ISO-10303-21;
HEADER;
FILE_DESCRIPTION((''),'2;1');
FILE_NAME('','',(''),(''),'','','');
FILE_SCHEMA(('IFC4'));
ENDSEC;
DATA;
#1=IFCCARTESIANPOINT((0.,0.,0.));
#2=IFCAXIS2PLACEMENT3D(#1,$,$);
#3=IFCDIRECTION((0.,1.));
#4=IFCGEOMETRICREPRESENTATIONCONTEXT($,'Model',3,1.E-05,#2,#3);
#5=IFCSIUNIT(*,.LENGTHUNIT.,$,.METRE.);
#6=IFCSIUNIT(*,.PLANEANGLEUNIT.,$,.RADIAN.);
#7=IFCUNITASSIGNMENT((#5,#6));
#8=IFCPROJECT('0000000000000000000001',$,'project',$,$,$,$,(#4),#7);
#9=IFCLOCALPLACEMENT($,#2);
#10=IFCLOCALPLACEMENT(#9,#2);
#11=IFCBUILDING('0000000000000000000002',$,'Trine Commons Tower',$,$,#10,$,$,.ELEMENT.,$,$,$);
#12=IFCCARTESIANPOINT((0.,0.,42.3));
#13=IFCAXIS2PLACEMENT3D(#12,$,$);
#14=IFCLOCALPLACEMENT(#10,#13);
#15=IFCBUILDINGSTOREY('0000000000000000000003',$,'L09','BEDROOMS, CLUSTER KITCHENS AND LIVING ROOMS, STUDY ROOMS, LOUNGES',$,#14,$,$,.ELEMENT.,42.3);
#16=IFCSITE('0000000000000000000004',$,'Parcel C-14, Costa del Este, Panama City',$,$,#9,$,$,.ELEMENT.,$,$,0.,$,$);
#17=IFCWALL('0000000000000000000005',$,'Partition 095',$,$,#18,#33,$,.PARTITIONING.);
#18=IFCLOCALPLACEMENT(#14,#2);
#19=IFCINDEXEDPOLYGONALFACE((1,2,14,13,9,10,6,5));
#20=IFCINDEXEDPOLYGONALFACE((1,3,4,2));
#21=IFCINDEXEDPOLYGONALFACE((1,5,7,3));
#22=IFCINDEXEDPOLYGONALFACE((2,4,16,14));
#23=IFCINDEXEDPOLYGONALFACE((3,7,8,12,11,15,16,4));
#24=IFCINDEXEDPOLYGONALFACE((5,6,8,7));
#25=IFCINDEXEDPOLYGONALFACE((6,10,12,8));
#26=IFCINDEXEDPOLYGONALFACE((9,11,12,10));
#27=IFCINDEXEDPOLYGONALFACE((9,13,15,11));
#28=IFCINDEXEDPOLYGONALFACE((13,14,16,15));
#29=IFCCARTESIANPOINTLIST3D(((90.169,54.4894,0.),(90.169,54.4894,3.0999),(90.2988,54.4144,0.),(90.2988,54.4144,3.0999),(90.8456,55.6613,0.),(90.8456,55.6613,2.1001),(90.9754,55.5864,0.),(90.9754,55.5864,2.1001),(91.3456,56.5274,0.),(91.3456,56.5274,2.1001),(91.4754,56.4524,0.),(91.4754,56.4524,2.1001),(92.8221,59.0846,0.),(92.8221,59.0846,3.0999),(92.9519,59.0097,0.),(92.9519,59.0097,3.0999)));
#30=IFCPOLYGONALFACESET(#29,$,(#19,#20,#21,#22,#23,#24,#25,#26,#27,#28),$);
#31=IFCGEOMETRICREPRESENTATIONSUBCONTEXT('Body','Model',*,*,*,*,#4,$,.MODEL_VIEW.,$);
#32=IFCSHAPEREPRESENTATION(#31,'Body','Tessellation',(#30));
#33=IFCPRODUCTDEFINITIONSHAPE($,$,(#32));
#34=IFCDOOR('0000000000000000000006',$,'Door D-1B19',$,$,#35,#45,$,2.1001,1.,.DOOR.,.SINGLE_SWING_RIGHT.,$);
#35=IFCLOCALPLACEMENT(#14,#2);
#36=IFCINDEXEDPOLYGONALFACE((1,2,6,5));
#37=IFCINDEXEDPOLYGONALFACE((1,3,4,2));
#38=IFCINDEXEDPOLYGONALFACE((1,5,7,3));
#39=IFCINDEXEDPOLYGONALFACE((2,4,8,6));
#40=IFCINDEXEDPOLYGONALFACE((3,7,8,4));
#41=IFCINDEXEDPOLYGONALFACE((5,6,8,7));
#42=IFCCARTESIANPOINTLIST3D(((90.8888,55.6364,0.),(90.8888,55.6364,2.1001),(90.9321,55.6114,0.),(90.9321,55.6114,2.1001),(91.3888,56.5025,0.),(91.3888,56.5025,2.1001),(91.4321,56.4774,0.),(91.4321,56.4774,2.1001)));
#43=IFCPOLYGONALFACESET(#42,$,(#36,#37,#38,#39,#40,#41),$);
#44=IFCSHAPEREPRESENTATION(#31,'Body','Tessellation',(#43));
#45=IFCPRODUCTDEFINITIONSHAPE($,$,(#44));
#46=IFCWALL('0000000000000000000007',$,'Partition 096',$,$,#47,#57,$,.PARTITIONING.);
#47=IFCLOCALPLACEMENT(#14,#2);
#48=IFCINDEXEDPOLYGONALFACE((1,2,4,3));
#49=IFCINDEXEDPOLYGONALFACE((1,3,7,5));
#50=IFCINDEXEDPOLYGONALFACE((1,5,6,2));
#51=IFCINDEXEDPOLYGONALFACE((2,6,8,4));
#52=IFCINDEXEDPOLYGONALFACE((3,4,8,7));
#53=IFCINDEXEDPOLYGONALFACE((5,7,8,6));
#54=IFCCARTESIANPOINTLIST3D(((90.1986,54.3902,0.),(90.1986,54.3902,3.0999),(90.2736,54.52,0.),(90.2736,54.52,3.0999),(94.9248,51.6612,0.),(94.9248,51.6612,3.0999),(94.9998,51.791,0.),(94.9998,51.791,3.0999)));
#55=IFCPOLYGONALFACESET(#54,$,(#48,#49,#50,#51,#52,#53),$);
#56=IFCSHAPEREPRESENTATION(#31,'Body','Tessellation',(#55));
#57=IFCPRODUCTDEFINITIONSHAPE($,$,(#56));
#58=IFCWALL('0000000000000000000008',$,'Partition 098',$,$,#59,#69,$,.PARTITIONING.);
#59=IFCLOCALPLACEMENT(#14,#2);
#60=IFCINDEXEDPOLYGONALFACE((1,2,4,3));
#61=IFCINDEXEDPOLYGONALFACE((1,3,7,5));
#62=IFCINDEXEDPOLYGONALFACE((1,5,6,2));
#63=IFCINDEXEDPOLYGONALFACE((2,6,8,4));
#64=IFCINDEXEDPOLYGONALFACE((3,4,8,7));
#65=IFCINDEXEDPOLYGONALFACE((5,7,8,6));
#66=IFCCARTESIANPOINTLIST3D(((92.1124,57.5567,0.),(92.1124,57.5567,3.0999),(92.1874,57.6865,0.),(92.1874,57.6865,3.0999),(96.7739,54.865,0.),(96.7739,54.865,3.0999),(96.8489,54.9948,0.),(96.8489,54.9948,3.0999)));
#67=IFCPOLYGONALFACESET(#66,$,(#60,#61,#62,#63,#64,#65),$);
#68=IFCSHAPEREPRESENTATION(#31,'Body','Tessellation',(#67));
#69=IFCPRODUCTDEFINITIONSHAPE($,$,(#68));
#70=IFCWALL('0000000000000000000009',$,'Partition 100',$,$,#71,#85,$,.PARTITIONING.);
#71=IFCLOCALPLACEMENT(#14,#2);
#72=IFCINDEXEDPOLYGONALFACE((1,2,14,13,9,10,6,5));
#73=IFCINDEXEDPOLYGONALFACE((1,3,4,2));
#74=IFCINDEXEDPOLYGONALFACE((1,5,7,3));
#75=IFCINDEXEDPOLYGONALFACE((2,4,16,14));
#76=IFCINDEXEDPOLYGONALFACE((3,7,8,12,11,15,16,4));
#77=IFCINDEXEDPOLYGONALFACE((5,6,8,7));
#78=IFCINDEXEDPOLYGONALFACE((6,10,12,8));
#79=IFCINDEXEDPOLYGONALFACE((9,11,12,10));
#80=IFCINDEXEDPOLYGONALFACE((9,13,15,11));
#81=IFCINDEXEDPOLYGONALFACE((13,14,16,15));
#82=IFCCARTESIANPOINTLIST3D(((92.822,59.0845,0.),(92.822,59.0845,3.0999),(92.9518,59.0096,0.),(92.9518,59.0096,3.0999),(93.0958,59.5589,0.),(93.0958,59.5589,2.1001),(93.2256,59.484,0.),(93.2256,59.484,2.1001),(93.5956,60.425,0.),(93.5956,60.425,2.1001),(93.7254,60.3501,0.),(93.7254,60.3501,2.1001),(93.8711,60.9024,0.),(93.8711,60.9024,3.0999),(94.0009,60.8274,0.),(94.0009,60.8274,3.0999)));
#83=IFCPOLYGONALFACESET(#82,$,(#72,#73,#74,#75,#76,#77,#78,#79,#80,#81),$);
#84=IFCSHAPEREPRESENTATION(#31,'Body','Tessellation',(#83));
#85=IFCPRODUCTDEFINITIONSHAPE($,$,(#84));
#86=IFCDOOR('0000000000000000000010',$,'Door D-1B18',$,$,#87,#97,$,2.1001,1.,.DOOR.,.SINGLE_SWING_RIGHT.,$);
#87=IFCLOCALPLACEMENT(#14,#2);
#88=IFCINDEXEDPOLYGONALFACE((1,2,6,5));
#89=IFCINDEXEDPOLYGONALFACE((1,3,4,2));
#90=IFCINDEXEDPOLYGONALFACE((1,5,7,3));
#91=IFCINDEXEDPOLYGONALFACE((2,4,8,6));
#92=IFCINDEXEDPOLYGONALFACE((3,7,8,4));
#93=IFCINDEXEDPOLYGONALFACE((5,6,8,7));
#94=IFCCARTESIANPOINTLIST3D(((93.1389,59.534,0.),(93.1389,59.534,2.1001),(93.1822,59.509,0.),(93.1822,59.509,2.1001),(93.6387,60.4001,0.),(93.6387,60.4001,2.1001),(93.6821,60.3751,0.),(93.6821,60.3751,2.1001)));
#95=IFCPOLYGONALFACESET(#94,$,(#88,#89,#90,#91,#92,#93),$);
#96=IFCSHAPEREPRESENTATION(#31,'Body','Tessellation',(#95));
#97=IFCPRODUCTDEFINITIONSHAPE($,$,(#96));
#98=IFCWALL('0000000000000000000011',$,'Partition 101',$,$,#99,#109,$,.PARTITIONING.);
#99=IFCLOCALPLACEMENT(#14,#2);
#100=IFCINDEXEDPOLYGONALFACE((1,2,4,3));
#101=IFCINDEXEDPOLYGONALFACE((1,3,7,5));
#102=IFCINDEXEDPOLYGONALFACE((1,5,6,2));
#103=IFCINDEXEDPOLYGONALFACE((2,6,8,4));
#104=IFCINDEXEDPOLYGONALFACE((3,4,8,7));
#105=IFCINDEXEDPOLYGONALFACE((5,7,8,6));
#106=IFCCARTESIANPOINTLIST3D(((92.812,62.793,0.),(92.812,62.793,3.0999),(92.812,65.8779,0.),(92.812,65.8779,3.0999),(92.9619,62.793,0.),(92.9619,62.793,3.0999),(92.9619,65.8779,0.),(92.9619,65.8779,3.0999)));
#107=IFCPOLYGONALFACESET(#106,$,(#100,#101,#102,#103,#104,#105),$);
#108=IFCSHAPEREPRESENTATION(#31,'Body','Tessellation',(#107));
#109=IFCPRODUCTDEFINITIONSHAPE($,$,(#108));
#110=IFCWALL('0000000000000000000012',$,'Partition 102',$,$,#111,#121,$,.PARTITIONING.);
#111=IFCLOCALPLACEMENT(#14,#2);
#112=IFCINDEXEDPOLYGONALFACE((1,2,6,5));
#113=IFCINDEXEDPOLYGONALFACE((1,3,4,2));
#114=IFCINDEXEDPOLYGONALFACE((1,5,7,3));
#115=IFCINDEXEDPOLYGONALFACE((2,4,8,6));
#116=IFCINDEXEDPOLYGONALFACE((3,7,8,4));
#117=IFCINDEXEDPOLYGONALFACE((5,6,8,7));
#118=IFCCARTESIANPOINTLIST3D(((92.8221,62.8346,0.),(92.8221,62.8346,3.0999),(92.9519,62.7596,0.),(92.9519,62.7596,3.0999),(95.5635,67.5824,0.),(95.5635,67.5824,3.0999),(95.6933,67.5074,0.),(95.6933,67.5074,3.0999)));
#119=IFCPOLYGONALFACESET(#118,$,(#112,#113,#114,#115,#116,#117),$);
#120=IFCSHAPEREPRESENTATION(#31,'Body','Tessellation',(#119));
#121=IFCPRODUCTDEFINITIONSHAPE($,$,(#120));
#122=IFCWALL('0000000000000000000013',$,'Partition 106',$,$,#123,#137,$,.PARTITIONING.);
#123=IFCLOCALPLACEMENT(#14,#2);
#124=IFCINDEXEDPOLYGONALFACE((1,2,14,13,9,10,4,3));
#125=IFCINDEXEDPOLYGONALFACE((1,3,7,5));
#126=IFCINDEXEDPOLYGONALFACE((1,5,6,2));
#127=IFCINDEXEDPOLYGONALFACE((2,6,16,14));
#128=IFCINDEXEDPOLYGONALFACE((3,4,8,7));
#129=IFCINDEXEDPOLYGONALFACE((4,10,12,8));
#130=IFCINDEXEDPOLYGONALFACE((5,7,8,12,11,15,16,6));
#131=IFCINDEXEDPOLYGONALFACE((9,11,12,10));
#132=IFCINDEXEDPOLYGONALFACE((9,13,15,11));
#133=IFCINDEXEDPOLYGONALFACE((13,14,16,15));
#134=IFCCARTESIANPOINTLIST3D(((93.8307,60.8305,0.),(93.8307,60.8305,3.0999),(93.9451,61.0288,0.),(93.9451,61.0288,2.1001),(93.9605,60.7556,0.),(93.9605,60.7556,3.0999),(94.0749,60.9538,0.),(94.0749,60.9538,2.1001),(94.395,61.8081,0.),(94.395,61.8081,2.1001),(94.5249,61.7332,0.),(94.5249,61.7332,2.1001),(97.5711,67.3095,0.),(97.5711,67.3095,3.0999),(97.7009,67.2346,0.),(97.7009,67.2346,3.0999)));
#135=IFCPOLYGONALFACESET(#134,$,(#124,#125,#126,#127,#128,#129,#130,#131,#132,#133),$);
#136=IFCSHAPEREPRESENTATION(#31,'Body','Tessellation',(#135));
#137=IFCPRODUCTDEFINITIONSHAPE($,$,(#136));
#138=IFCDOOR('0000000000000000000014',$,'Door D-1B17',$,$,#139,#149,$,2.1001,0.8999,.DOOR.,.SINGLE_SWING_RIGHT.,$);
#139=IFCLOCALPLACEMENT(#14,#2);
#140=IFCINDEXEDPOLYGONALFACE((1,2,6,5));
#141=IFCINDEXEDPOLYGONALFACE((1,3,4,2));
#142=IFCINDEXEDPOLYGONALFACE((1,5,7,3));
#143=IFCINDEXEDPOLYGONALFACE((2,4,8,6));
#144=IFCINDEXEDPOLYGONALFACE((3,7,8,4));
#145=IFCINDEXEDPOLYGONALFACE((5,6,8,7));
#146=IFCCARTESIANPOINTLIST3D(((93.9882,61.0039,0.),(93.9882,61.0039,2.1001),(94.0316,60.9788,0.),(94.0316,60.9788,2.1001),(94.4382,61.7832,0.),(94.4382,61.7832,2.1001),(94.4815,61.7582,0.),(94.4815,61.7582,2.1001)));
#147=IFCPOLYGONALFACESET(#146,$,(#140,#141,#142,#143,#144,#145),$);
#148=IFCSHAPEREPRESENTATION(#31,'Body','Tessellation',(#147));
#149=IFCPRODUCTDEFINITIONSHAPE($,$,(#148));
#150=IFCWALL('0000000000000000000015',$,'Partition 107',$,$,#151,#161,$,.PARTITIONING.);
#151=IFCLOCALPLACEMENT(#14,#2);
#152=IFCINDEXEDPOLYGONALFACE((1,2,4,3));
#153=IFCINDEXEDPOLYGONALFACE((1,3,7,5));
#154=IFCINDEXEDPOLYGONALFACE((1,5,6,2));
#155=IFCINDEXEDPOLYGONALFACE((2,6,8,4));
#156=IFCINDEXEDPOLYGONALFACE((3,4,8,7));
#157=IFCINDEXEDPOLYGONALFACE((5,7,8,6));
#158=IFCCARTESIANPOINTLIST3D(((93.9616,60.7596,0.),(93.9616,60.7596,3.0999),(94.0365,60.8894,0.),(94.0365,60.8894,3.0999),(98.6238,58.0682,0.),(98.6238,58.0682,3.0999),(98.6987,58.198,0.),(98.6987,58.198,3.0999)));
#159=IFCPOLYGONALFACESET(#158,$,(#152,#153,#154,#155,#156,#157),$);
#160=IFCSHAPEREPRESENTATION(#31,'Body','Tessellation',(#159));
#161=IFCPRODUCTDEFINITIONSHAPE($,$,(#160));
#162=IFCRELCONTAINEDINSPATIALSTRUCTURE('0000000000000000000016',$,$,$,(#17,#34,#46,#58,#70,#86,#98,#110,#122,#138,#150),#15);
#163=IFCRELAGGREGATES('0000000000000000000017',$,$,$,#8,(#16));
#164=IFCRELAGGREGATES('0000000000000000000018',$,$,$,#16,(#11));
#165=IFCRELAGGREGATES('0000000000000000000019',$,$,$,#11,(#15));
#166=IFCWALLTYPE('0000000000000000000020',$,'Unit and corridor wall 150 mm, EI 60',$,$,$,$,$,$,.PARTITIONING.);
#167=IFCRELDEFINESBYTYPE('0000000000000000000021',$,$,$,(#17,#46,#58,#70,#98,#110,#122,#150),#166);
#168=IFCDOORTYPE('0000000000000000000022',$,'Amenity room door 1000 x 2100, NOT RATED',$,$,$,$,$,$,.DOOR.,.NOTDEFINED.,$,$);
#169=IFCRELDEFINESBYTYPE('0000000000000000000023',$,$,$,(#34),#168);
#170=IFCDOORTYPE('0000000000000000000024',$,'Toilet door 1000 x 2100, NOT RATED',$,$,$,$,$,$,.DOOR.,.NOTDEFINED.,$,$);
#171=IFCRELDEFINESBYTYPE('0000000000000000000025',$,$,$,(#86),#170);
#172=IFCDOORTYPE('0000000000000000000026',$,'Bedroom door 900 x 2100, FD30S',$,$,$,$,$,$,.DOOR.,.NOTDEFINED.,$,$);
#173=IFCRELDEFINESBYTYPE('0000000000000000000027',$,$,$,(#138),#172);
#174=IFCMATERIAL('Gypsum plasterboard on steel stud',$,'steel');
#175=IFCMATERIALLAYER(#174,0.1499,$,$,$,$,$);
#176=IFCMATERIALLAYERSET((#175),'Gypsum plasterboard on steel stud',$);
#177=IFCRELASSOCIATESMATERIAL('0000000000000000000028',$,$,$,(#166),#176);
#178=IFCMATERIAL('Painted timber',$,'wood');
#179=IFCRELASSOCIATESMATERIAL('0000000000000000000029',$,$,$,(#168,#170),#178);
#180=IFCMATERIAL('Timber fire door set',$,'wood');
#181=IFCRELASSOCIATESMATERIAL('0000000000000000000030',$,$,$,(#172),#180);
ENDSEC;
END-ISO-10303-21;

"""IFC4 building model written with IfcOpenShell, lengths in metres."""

from ifc_helpers import new_model, si_unit, direction, frame, frame_2d, origin, place, context, subcontext, project, spatial, rectangle, extrude, material, layer, layer_set, type_object, element, fill, save


model = new_model("IFC4")

# Units and contexts
model_context = context("Model", 3, precision=1e-05, world=origin(), true_north=direction((0.0, 1.0)))
body_context = subcontext(model_context, "Body", "Model", "MODEL_VIEW")
ifc_project = project(units=[si_unit("LENGTHUNIT", "METRE"), si_unit("PLANEANGLEUNIT", "RADIAN")], contexts=[model_context])

# Site, building, storey
site_placement = place(None, origin())
site = spatial("IfcSite", under=ifc_project, at=site_placement, Name="Parcel C-14, Costa del Este, Panama City", CompositionType="ELEMENT", RefElevation=0.0)
building_placement = place(site_placement, origin())
building = spatial("IfcBuilding", under=site, at=building_placement, Name="Trine Commons Tower", CompositionType="ELEMENT")
storey_placement = place(building_placement, frame((0.0, 0.0, 42.3)))
storey = spatial("IfcBuildingStorey", under=building, at=storey_placement, Name="L09", Description="BEDROOMS, CLUSTER KITCHENS AND LIVING ROOMS, STUDY ROOMS, LOUNGES", CompositionType="ELEMENT", Elevation=42.3)

# Shared definitions
ifc_material_1 = material(Name="Gypsum plasterboard on steel stud", Category="steel")
ifc_layer_1 = layer(ifc_material_1, 0.1499)
ifc_layer_set_1 = layer_set([ifc_layer_1], Name="Gypsum plasterboard on steel stud")
wall_type_1 = type_object("IfcWallType", Name="Unit and corridor wall 150 mm, EI 60", PredefinedType="PARTITIONING", material=ifc_layer_set_1)

# Wall, opening, door
wall_1_placement = place(storey_placement, frame((90.2339, 54.4519, 0.0), z_axis=(0.0, 0.0, 1.0), x_axis=(0.500004, 0.866023, 0.0)))
wall_1 = element("IfcWall", 1, at=wall_1_placement, inside=storey, type_object=wall_type_1, Name="Partition 095", PredefinedType="PARTITIONING", context=body_context, shape_type="SweptSolid", body=[
    extrude(rectangle(XDim=5.3062, YDim=0.1499, at=frame_2d((2.6531, 0.0))), origin(), (0.0, 0.0, 1.0), 3.0999),
])
opening_1_placement = place(wall_1_placement, frame((1.3533, 0.0, 0.0)))
opening_1 = element("IfcOpeningElement", 2, at=opening_1_placement, cuts=wall_1, PredefinedType="OPENING", context=body_context, shape_type="SweptSolid", body=[
    extrude(rectangle(XDim=1.0, YDim=2.1001, at=frame_2d((0.5, 1.05))), frame((0.0, 0.085, 0.0), z_axis=(0.0, -1.0, 0.0), x_axis=(1.0, 0.0, 0.0)), (0.0, 0.0, 1.0), 0.1699),
])
ifc_material_2 = material(Name="Painted timber", Category="wood")
door_type_1 = type_object("IfcDoorType", Name="Amenity room door 1000 x 2100, NOT RATED", OperationType="NOTDEFINED", PredefinedType="DOOR", material=ifc_material_2)
door_1_placement = place(opening_1_placement, frame((1.0, 0.0, 0.0), z_axis=(0.0, 0.0, 1.0), x_axis=(-1.0, 0.0, 0.0)))
door_1 = element("IfcDoor", 3, at=door_1_placement, inside=storey, type_object=door_type_1, Name="Door D-1B19", OperationType="SINGLE_SWING_RIGHT", OverallHeight=2.1001, OverallWidth=1.0, PredefinedType="DOOR", context=body_context, shape_type="SweptSolid", body=[
    extrude(rectangle(XDim=1.0, YDim=2.1001, at=frame_2d((0.5, 1.05))), frame((0.0, 0.0249, 0.0), z_axis=(0.0, -1.0, 0.0), x_axis=(1.0, 0.0, 0.0)), (0.0, 0.0, 1.0), 0.05),
])
fill(opening_1, door_1)

# Walls
wall_2_placement = place(storey_placement, frame((90.2361, 54.4551, 0.0), z_axis=(0.0, 0.0, 1.0), x_axis=(0.866005, -0.500036, 0.0)))
element("IfcWall", 4, at=wall_2_placement, inside=storey, type_object=wall_type_1, Name="Partition 096", PredefinedType="PARTITIONING", context=body_context, shape_type="SweptSolid", body=[
    extrude(rectangle(XDim=5.4575, YDim=0.1499, at=frame_2d((2.7288, 0.0))), origin(), (0.0, 0.0, 1.0), 3.0999),
])
wall_3_placement = place(storey_placement, frame((92.1499, 57.6216, 0.0), z_axis=(0.0, 0.0, 1.0), x_axis=(0.865993, -0.500056, 0.0)))
element("IfcWall", 5, at=wall_3_placement, inside=storey, type_object=wall_type_1, Name="Partition 098", PredefinedType="PARTITIONING", context=body_context, shape_type="SweptSolid", body=[
    extrude(rectangle(XDim=5.3828, YDim=0.1499, at=frame_2d((2.6914, 0.0))), origin(), (0.0, 0.0, 1.0), 3.0999),
])

# Wall, opening, door
wall_4_placement = place(storey_placement, frame((92.887, 59.0471, 0.0), z_axis=(0.0, 0.0, 1.0), x_axis=(0.49983, 0.866124, 0.0)))
wall_4 = element("IfcWall", 6, at=wall_4_placement, inside=storey, type_object=wall_type_1, Name="Partition 100", PredefinedType="PARTITIONING", context=body_context, shape_type="SweptSolid", body=[
    extrude(rectangle(XDim=2.0989, YDim=0.1499, at=frame_2d((1.0493, 0.0))), origin(), (0.0, 0.0, 1.0), 3.0999),
])
opening_2_placement = place(wall_4_placement, frame((0.5476, 0.0, 0.0)))
opening_2 = element("IfcOpeningElement", 7, at=opening_2_placement, cuts=wall_4, PredefinedType="OPENING", context=body_context, shape_type="SweptSolid", body=[
    extrude(rectangle(XDim=1.0, YDim=2.1001, at=frame_2d((0.5, 1.05))), frame((0.0, 0.085, 0.0), z_axis=(0.0, -1.0, 0.0), x_axis=(1.0, 0.0, 0.0)), (0.0, 0.0, 1.0), 0.1699),
])
door_type_2 = type_object("IfcDoorType", Name="Toilet door 1000 x 2100, NOT RATED", OperationType="NOTDEFINED", PredefinedType="DOOR", material=ifc_material_2)
door_2_placement = place(opening_2_placement, frame((1.0, 0.0, 0.0), z_axis=(0.0, 0.0, 1.0), x_axis=(-1.0, 0.0, 0.0)))
door_2 = element("IfcDoor", 8, at=door_2_placement, inside=storey, type_object=door_type_2, Name="Door D-1B18", OperationType="SINGLE_SWING_RIGHT", OverallHeight=2.1001, OverallWidth=1.0, PredefinedType="DOOR", context=body_context, shape_type="SweptSolid", body=[
    extrude(rectangle(XDim=1.0, YDim=2.1001, at=frame_2d((0.5, 1.05))), frame((0.0, 0.0249, 0.0), z_axis=(0.0, -1.0, 0.0), x_axis=(1.0, 0.0, 0.0)), (0.0, 0.0, 1.0), 0.05),
])
fill(opening_2, door_2)

# Walls
wall_5_placement = place(storey_placement, frame((92.887, 62.793, 0.0), z_axis=(0.0, 0.0, 1.0), x_axis=(0.0, 1.0, 0.0)))
element("IfcWall", 9, at=wall_5_placement, inside=storey, type_object=wall_type_1, Name="Partition 101", PredefinedType="PARTITIONING", context=body_context, shape_type="SweptSolid", body=[
    extrude(rectangle(XDim=3.085, YDim=0.1499, at=frame_2d((1.5425, 0.0))), origin(), (0.0, 0.0, 1.0), 3.0999),
])
wall_6_placement = place(storey_placement, frame((92.887, 62.7971, 0.0), z_axis=(0.0, 0.0, 1.0), x_axis=(0.500042, 0.866001, 0.0)))
element("IfcWall", 10, at=wall_6_placement, inside=storey, type_object=wall_type_1, Name="Partition 102", PredefinedType="PARTITIONING", context=body_context, shape_type="SweptSolid", body=[
    extrude(rectangle(XDim=5.4824, YDim=0.1499, at=frame_2d((2.7412, 0.0))), origin(), (0.0, 0.0, 1.0), 3.0999),
])

# Wall, opening, door
wall_7_placement = place(storey_placement, frame((93.8955, 60.793, 0.0), z_axis=(0.0, 0.0, 1.0), x_axis=(0.499982, 0.866036, 0.0)))
wall_7 = element("IfcWall", 11, at=wall_7_placement, inside=storey, type_object=wall_type_1, Name="Partition 106", PredefinedType="PARTITIONING", context=body_context, shape_type="SweptSolid", body=[
    extrude(rectangle(XDim=7.4812, YDim=0.1499, at=frame_2d((3.7407, 0.0))), origin(), (0.0, 0.0, 1.0), 3.0999),
])
opening_3_placement = place(wall_7_placement, frame((0.229, 0.0, 0.0)))
opening_3 = element("IfcOpeningElement", 12, at=opening_3_placement, cuts=wall_7, PredefinedType="OPENING", context=body_context, shape_type="SweptSolid", body=[
    extrude(rectangle(XDim=0.8999, YDim=2.1001, at=frame_2d((0.45, 1.05))), frame((0.0, 0.085, 0.0), z_axis=(0.0, -1.0, 0.0), x_axis=(1.0, 0.0, 0.0)), (0.0, 0.0, 1.0), 0.1699),
])
ifc_material_3 = material(Name="Timber fire door set", Category="wood")
door_type_3 = type_object("IfcDoorType", Name="Bedroom door 900 x 2100, FD30S", OperationType="NOTDEFINED", PredefinedType="DOOR", material=ifc_material_3)
door_3_placement = place(opening_3_placement, frame((0.8999, 0.0, 0.0), z_axis=(0.0, 0.0, 1.0), x_axis=(-1.0, 0.0, 0.0)))
door_3 = element("IfcDoor", 13, at=door_3_placement, inside=storey, type_object=door_type_3, Name="Door D-1B17", OperationType="SINGLE_SWING_RIGHT", OverallHeight=2.1001, OverallWidth=0.8999, PredefinedType="DOOR", context=body_context, shape_type="SweptSolid", body=[
    extrude(rectangle(XDim=0.8999, YDim=2.1001, at=frame_2d((0.45, 1.05))), frame((0.0, 0.0249, 0.0), z_axis=(0.0, -1.0, 0.0), x_axis=(1.0, 0.0, 0.0)), (0.0, 0.0, 1.0), 0.05),
])
fill(opening_3, door_3)

# Wall
wall_8_placement = place(storey_placement, frame((93.999, 60.8245, 0.0), z_axis=(0.0, 0.0, 1.0), x_axis=(0.866058, -0.499944, 0.0)))
element("IfcWall", 14, at=wall_8_placement, inside=storey, type_object=wall_type_1, Name="Partition 107", PredefinedType="PARTITIONING", context=body_context, shape_type="SweptSolid", body=[
    extrude(rectangle(XDim=5.3833, YDim=0.1499, at=frame_2d((2.6917, 0.0))), origin(), (0.0, 0.0, 1.0), 3.0999),
])

save(model, "model.ifc")
